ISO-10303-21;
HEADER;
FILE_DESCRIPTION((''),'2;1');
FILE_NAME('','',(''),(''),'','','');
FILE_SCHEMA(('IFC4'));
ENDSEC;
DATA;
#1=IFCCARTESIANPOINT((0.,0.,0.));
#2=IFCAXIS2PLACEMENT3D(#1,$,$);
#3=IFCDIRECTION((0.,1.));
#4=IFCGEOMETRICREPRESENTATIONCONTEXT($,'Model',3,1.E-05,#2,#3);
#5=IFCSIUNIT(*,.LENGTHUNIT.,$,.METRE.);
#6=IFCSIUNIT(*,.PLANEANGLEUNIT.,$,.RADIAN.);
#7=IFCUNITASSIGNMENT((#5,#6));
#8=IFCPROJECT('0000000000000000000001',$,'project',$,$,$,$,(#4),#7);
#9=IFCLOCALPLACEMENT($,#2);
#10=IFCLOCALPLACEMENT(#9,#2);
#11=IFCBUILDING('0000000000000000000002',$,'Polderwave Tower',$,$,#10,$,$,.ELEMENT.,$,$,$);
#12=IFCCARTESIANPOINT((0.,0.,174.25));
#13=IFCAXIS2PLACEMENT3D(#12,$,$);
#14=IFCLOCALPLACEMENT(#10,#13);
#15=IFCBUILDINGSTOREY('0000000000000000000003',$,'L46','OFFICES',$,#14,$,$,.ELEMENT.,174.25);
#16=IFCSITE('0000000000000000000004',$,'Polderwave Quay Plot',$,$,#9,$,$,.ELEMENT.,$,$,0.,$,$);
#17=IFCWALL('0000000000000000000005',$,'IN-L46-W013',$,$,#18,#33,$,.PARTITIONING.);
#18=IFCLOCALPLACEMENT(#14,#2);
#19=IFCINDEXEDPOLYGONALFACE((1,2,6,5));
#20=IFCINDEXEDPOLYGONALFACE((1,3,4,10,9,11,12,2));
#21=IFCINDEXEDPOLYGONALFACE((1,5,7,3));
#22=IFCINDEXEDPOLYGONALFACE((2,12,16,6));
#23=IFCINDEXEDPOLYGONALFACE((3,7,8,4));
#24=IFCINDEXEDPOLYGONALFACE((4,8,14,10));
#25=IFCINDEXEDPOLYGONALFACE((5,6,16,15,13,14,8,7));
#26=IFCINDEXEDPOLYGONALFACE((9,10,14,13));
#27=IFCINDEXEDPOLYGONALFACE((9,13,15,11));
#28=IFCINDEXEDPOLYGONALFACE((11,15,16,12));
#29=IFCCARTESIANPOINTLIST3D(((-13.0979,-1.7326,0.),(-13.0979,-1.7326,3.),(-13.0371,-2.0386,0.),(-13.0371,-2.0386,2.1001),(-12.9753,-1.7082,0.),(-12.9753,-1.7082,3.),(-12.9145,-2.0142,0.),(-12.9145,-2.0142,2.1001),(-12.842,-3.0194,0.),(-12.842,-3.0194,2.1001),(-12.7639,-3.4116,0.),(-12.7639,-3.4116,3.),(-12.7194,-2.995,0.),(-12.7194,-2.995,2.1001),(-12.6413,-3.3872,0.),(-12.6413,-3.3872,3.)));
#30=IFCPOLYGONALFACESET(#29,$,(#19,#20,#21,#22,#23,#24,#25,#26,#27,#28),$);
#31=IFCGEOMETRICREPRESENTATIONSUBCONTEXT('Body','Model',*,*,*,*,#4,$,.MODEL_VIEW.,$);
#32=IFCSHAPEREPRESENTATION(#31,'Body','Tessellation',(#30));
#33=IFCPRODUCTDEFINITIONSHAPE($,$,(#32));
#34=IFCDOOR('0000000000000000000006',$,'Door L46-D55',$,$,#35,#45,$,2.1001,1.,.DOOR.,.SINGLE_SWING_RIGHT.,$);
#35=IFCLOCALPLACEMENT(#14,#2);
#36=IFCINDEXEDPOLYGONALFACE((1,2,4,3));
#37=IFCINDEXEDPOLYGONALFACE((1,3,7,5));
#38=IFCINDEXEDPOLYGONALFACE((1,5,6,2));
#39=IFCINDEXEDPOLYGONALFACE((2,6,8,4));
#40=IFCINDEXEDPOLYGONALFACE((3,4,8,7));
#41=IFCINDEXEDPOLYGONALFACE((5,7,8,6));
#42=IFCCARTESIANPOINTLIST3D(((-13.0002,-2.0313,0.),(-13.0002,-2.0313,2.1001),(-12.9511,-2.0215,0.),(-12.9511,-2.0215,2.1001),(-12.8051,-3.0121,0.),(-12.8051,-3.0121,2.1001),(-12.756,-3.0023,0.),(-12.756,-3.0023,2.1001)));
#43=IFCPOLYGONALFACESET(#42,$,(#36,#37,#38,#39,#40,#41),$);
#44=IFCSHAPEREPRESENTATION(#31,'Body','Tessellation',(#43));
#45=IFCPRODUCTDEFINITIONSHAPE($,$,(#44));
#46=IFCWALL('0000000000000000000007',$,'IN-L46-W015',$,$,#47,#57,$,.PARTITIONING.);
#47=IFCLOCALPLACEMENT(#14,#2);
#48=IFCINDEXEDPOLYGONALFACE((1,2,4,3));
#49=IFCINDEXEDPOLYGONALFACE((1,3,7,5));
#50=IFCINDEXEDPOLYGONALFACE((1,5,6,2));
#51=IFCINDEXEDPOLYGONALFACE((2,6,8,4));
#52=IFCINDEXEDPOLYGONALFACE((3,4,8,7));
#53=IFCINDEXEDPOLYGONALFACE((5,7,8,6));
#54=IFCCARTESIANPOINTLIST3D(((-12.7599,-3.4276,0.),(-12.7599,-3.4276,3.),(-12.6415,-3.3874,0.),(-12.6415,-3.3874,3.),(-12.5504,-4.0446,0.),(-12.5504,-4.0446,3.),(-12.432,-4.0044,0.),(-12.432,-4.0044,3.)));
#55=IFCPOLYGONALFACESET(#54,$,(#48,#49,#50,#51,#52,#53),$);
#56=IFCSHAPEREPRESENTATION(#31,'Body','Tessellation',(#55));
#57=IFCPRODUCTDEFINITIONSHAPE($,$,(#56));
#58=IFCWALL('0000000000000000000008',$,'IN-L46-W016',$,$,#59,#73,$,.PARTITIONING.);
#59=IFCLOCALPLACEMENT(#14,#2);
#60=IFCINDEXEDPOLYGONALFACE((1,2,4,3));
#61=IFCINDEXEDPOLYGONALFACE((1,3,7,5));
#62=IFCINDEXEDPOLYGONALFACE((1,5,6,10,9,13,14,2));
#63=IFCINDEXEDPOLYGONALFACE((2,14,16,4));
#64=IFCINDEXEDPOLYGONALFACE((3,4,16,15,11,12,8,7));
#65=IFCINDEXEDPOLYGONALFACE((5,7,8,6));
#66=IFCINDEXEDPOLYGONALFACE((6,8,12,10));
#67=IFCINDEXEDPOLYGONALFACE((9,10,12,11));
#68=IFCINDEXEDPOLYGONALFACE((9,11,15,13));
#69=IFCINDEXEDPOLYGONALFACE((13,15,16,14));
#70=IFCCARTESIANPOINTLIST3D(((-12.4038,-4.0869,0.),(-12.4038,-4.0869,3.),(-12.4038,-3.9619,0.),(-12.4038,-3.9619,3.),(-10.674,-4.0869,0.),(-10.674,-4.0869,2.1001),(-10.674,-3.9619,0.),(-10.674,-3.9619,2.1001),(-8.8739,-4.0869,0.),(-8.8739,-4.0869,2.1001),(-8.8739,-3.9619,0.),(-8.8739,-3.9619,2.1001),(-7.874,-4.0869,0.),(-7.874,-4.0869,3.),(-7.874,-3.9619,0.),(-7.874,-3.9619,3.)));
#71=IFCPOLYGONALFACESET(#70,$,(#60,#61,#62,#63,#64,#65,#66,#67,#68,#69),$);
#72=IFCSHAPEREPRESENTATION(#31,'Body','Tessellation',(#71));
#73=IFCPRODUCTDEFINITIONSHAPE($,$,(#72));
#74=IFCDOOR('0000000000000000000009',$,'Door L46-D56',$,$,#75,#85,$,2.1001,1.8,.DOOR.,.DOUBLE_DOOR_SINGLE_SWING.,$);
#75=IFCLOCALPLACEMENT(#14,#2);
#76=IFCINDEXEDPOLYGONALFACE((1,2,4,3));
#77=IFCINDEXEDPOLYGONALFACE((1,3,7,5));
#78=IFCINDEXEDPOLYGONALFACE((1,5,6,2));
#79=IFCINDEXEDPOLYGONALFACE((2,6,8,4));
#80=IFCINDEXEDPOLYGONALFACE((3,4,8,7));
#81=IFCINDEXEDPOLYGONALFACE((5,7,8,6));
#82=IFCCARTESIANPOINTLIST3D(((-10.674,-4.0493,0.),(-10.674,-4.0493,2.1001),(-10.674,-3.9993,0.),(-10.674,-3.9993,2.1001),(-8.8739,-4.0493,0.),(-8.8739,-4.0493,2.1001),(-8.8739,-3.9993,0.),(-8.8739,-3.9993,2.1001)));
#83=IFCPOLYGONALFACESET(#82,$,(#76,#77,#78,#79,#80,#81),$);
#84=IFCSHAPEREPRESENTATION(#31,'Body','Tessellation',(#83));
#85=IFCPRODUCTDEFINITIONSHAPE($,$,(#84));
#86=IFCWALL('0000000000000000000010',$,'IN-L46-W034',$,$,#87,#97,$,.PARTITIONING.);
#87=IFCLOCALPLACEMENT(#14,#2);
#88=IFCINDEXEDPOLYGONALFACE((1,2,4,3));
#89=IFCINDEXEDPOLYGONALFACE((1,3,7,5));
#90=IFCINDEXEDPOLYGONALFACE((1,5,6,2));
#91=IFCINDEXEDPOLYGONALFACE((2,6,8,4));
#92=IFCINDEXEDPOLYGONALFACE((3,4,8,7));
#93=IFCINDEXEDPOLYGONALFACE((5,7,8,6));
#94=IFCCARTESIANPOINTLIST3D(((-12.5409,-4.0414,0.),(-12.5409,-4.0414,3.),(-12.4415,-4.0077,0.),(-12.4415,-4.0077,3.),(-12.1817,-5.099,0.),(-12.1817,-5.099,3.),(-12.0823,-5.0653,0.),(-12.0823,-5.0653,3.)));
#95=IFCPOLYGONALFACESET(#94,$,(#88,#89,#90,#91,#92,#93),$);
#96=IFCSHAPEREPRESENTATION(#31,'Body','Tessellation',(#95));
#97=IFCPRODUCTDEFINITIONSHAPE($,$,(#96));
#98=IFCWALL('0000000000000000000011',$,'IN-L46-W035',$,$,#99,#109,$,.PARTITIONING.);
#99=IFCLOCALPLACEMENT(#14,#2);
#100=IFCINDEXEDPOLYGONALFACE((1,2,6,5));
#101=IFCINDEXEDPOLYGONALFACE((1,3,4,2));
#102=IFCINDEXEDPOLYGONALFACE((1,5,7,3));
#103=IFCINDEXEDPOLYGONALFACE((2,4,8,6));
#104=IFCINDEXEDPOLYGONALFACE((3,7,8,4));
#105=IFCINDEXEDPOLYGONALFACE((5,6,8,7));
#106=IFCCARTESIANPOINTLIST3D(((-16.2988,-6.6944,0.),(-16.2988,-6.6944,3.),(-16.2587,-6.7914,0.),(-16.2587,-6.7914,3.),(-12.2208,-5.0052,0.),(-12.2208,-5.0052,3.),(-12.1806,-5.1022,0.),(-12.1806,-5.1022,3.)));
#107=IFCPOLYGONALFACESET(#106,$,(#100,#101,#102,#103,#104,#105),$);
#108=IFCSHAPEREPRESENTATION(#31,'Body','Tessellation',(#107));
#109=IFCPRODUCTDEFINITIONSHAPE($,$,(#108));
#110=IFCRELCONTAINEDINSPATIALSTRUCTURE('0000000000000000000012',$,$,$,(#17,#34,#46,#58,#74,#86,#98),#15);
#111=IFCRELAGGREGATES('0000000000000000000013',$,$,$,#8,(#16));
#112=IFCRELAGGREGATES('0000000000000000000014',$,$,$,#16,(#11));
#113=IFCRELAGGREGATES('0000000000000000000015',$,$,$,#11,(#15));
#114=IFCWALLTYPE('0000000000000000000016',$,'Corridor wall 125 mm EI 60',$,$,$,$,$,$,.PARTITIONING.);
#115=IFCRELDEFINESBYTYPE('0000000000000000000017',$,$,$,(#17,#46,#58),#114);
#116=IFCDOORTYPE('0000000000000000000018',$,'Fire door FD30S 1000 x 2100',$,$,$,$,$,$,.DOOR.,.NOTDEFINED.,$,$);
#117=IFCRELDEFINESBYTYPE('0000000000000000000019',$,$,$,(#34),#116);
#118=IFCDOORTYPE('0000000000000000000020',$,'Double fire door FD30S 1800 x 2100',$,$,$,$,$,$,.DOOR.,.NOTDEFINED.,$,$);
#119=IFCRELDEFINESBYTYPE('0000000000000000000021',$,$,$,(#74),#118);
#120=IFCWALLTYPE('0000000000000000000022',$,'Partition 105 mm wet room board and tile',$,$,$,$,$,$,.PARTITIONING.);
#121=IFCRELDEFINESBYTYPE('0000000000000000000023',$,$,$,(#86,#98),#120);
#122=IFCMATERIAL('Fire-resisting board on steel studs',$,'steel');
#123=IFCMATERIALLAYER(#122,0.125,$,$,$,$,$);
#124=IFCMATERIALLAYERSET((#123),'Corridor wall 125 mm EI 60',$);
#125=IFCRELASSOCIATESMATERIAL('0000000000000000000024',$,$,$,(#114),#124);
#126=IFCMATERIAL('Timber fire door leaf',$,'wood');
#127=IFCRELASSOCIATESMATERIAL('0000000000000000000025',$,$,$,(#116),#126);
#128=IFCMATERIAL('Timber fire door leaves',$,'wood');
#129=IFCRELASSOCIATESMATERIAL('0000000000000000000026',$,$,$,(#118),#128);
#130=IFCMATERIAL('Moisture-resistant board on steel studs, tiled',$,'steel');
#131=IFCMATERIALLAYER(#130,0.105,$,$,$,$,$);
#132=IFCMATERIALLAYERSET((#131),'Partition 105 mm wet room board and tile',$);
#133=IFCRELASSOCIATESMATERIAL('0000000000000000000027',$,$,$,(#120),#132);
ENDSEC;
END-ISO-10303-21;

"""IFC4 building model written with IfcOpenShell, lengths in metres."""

from ifc_helpers import new_model, si_unit, direction, frame, frame_2d, origin, place, context, subcontext, project, spatial, rectangle, extrude, material, layer, layer_set, type_object, element, fill, save


model = new_model("IFC4")

# Units and contexts
model_context = context("Model", 3, precision=1e-05, world=origin(), true_north=direction((0.0, 1.0)))
body_context = subcontext(model_context, "Body", "Model", "MODEL_VIEW")
ifc_project = project(units=[si_unit("LENGTHUNIT", "METRE"), si_unit("PLANEANGLEUNIT", "RADIAN")], contexts=[model_context])

# Site, building, storey
site_placement = place(None, origin())
site = spatial("IfcSite", under=ifc_project, at=site_placement, Name="Polderwave Quay Plot", CompositionType="ELEMENT", RefElevation=0.0)
building_placement = place(site_placement, origin())
building = spatial("IfcBuilding", under=site, at=building_placement, Name="Polderwave Tower", CompositionType="ELEMENT")
storey_placement = place(building_placement, frame((0.0, 0.0, 174.25)))
storey = spatial("IfcBuildingStorey", under=building, at=storey_placement, Name="L46", Description="OFFICES", CompositionType="ELEMENT", Elevation=174.25)

# Shared definitions
ifc_material_1 = material(Name="Fire-resisting board on steel studs", Category="steel")
ifc_layer_1 = layer(ifc_material_1, 0.125)
ifc_layer_set_1 = layer_set([ifc_layer_1], Name="Corridor wall 125 mm EI 60")
wall_type_1 = type_object("IfcWallType", Name="Corridor wall 125 mm EI 60", PredefinedType="PARTITIONING", material=ifc_layer_set_1)

# Wall, opening, door
wall_1_placement = place(storey_placement, frame((-12.7026, -3.3994, 0.0), z_axis=(0.0, 0.0, 1.0), x_axis=(-0.195101, 0.980783, 0.0)))
wall_1 = element("IfcWall", 1, at=wall_1_placement, inside=storey, type_object=wall_type_1, Name="IN-L46-W013", PredefinedType="PARTITIONING", context=body_context, shape_type="SweptSolid", body=[
    extrude(rectangle(XDim=1.7119, YDim=0.125, at=frame_2d((0.856, 0.0))), origin(), (0.0, 0.0, 1.0), 3.0),
])
opening_1_placement = place(wall_1_placement, frame((0.3999, 0.0, 0.0)))
opening_1 = element("IfcOpeningElement", 2, at=opening_1_placement, cuts=wall_1, PredefinedType="OPENING", context=body_context, shape_type="SweptSolid", body=[
    extrude(rectangle(XDim=1.0, YDim=2.1001, at=frame_2d((0.5, 1.05))), frame((0.0, 0.0725, 0.0), z_axis=(0.0, -1.0, 0.0), x_axis=(1.0, 0.0, 0.0)), (0.0, 0.0, 1.0), 0.145),
])
ifc_material_2 = material(Name="Timber fire door leaf", Category="wood")
door_type_1 = type_object("IfcDoorType", Name="Fire door FD30S 1000 x 2100", OperationType="NOTDEFINED", PredefinedType="DOOR", material=ifc_material_2)
door_1_placement = place(opening_1_placement, origin())
door_1 = element("IfcDoor", 3, at=door_1_placement, inside=storey, type_object=door_type_1, Name="Door L46-D55", OperationType="SINGLE_SWING_RIGHT", OverallHeight=2.1001, OverallWidth=1.0, PredefinedType="DOOR", context=body_context, shape_type="SweptSolid", body=[
    extrude(rectangle(XDim=1.0, YDim=2.1001, at=frame_2d((0.5, 1.05))), frame((0.0, 0.0249, 0.0), z_axis=(0.0, -1.0, 0.0), x_axis=(1.0, 0.0, 0.0)), (0.0, 0.0, 1.0), 0.05),
])
fill(opening_1, door_1)

# Wall
wall_2_placement = place(storey_placement, frame((-12.4912, -4.0244, 0.0), z_axis=(0.0, 0.0, 1.0), x_axis=(-0.321506, 0.946907, 0.0)))
element("IfcWall", 4, at=wall_2_placement, inside=storey, type_object=wall_type_1, Name="IN-L46-W015", PredefinedType="PARTITIONING", context=body_context, shape_type="SweptSolid", body=[
    extrude(rectangle(XDim=0.6516, YDim=0.125, at=frame_2d((0.3257, 0.0))), origin(), (0.0, 0.0, 1.0), 3.0),
])

# Wall, opening, door
wall_3_placement = place(storey_placement, frame((-7.874, -4.0244, 0.0), z_axis=(0.0, 0.0, 1.0), x_axis=(-1.0, 0.0, 0.0)))
wall_3 = element("IfcWall", 5, at=wall_3_placement, inside=storey, type_object=wall_type_1, Name="IN-L46-W016", PredefinedType="PARTITIONING", context=body_context, shape_type="SweptSolid", body=[
    extrude(rectangle(XDim=4.5298, YDim=0.125, at=frame_2d((2.2649, 0.0))), origin(), (0.0, 0.0, 1.0), 3.0),
])
opening_2_placement = place(wall_3_placement, frame((1.0, 0.0, 0.0)))
opening_2 = element("IfcOpeningElement", 6, at=opening_2_placement, cuts=wall_3, PredefinedType="OPENING", context=body_context, shape_type="SweptSolid", body=[
    extrude(rectangle(XDim=1.8, YDim=2.1001, at=frame_2d((0.8999, 1.05))), frame((0.0, 0.0725, 0.0), z_axis=(0.0, -1.0, 0.0), x_axis=(1.0, 0.0, 0.0)), (0.0, 0.0, 1.0), 0.145),
])
ifc_material_3 = material(Name="Timber fire door leaves", Category="wood")
door_type_2 = type_object("IfcDoorType", Name="Double fire door FD30S 1800 x 2100", OperationType="NOTDEFINED", PredefinedType="DOOR", material=ifc_material_3)
door_2_placement = place(opening_2_placement, origin())
door_2 = element("IfcDoor", 7, at=door_2_placement, inside=storey, type_object=door_type_2, Name="Door L46-D56", OperationType="DOUBLE_DOOR_SINGLE_SWING", OverallHeight=2.1001, OverallWidth=1.8, PredefinedType="DOOR", context=body_context, shape_type="SweptSolid", body=[
    extrude(rectangle(XDim=1.8, YDim=2.1001, at=frame_2d((0.8999, 1.05))), frame((0.0, 0.0249, 0.0), z_axis=(0.0, -1.0, 0.0), x_axis=(1.0, 0.0, 0.0)), (0.0, 0.0, 1.0), 0.05),
])
fill(opening_2, door_2)

# Walls
ifc_material_4 = material(Name="Moisture-resistant board on steel studs, tiled", Category="steel")
ifc_layer_2 = layer(ifc_material_4, 0.105)
ifc_layer_set_2 = layer_set([ifc_layer_2], Name="Partition 105 mm wet room board and tile")
wall_type_2 = type_object("IfcWallType", Name="Partition 105 mm wet room board and tile", PredefinedType="PARTITIONING", material=ifc_layer_set_2)
wall_4_placement = place(storey_placement, frame((-12.4912, -4.0244, 0.0), z_axis=(0.0, 0.0, 1.0), x_axis=(0.321534, -0.946898, 0.0)))
element("IfcWall", 8, at=wall_4_placement, inside=storey, type_object=wall_type_2, Name="IN-L46-W034", PredefinedType="PARTITIONING", context=body_context, shape_type="SweptSolid", body=[
    extrude(rectangle(XDim=1.1169, YDim=0.105, at=frame_2d((0.5586, 0.0))), origin(), (0.0, 0.0, 1.0), 3.0),
])
wall_5_placement = place(storey_placement, frame((-12.2007, -5.0537, 0.0), z_axis=(0.0, 0.0, 1.0), x_axis=(-0.92388, -0.382682, 0.0)))
element("IfcWall", 9, at=wall_5_placement, inside=storey, type_object=wall_type_2, Name="IN-L46-W035", PredefinedType="PARTITIONING", context=body_context, shape_type="SweptSolid", body=[
    extrude(rectangle(XDim=4.4141, YDim=0.105, at=frame_2d((2.207, 0.0))), origin(), (0.0, 0.0, 1.0), 3.0),
])

save(model, "model.ifc")
